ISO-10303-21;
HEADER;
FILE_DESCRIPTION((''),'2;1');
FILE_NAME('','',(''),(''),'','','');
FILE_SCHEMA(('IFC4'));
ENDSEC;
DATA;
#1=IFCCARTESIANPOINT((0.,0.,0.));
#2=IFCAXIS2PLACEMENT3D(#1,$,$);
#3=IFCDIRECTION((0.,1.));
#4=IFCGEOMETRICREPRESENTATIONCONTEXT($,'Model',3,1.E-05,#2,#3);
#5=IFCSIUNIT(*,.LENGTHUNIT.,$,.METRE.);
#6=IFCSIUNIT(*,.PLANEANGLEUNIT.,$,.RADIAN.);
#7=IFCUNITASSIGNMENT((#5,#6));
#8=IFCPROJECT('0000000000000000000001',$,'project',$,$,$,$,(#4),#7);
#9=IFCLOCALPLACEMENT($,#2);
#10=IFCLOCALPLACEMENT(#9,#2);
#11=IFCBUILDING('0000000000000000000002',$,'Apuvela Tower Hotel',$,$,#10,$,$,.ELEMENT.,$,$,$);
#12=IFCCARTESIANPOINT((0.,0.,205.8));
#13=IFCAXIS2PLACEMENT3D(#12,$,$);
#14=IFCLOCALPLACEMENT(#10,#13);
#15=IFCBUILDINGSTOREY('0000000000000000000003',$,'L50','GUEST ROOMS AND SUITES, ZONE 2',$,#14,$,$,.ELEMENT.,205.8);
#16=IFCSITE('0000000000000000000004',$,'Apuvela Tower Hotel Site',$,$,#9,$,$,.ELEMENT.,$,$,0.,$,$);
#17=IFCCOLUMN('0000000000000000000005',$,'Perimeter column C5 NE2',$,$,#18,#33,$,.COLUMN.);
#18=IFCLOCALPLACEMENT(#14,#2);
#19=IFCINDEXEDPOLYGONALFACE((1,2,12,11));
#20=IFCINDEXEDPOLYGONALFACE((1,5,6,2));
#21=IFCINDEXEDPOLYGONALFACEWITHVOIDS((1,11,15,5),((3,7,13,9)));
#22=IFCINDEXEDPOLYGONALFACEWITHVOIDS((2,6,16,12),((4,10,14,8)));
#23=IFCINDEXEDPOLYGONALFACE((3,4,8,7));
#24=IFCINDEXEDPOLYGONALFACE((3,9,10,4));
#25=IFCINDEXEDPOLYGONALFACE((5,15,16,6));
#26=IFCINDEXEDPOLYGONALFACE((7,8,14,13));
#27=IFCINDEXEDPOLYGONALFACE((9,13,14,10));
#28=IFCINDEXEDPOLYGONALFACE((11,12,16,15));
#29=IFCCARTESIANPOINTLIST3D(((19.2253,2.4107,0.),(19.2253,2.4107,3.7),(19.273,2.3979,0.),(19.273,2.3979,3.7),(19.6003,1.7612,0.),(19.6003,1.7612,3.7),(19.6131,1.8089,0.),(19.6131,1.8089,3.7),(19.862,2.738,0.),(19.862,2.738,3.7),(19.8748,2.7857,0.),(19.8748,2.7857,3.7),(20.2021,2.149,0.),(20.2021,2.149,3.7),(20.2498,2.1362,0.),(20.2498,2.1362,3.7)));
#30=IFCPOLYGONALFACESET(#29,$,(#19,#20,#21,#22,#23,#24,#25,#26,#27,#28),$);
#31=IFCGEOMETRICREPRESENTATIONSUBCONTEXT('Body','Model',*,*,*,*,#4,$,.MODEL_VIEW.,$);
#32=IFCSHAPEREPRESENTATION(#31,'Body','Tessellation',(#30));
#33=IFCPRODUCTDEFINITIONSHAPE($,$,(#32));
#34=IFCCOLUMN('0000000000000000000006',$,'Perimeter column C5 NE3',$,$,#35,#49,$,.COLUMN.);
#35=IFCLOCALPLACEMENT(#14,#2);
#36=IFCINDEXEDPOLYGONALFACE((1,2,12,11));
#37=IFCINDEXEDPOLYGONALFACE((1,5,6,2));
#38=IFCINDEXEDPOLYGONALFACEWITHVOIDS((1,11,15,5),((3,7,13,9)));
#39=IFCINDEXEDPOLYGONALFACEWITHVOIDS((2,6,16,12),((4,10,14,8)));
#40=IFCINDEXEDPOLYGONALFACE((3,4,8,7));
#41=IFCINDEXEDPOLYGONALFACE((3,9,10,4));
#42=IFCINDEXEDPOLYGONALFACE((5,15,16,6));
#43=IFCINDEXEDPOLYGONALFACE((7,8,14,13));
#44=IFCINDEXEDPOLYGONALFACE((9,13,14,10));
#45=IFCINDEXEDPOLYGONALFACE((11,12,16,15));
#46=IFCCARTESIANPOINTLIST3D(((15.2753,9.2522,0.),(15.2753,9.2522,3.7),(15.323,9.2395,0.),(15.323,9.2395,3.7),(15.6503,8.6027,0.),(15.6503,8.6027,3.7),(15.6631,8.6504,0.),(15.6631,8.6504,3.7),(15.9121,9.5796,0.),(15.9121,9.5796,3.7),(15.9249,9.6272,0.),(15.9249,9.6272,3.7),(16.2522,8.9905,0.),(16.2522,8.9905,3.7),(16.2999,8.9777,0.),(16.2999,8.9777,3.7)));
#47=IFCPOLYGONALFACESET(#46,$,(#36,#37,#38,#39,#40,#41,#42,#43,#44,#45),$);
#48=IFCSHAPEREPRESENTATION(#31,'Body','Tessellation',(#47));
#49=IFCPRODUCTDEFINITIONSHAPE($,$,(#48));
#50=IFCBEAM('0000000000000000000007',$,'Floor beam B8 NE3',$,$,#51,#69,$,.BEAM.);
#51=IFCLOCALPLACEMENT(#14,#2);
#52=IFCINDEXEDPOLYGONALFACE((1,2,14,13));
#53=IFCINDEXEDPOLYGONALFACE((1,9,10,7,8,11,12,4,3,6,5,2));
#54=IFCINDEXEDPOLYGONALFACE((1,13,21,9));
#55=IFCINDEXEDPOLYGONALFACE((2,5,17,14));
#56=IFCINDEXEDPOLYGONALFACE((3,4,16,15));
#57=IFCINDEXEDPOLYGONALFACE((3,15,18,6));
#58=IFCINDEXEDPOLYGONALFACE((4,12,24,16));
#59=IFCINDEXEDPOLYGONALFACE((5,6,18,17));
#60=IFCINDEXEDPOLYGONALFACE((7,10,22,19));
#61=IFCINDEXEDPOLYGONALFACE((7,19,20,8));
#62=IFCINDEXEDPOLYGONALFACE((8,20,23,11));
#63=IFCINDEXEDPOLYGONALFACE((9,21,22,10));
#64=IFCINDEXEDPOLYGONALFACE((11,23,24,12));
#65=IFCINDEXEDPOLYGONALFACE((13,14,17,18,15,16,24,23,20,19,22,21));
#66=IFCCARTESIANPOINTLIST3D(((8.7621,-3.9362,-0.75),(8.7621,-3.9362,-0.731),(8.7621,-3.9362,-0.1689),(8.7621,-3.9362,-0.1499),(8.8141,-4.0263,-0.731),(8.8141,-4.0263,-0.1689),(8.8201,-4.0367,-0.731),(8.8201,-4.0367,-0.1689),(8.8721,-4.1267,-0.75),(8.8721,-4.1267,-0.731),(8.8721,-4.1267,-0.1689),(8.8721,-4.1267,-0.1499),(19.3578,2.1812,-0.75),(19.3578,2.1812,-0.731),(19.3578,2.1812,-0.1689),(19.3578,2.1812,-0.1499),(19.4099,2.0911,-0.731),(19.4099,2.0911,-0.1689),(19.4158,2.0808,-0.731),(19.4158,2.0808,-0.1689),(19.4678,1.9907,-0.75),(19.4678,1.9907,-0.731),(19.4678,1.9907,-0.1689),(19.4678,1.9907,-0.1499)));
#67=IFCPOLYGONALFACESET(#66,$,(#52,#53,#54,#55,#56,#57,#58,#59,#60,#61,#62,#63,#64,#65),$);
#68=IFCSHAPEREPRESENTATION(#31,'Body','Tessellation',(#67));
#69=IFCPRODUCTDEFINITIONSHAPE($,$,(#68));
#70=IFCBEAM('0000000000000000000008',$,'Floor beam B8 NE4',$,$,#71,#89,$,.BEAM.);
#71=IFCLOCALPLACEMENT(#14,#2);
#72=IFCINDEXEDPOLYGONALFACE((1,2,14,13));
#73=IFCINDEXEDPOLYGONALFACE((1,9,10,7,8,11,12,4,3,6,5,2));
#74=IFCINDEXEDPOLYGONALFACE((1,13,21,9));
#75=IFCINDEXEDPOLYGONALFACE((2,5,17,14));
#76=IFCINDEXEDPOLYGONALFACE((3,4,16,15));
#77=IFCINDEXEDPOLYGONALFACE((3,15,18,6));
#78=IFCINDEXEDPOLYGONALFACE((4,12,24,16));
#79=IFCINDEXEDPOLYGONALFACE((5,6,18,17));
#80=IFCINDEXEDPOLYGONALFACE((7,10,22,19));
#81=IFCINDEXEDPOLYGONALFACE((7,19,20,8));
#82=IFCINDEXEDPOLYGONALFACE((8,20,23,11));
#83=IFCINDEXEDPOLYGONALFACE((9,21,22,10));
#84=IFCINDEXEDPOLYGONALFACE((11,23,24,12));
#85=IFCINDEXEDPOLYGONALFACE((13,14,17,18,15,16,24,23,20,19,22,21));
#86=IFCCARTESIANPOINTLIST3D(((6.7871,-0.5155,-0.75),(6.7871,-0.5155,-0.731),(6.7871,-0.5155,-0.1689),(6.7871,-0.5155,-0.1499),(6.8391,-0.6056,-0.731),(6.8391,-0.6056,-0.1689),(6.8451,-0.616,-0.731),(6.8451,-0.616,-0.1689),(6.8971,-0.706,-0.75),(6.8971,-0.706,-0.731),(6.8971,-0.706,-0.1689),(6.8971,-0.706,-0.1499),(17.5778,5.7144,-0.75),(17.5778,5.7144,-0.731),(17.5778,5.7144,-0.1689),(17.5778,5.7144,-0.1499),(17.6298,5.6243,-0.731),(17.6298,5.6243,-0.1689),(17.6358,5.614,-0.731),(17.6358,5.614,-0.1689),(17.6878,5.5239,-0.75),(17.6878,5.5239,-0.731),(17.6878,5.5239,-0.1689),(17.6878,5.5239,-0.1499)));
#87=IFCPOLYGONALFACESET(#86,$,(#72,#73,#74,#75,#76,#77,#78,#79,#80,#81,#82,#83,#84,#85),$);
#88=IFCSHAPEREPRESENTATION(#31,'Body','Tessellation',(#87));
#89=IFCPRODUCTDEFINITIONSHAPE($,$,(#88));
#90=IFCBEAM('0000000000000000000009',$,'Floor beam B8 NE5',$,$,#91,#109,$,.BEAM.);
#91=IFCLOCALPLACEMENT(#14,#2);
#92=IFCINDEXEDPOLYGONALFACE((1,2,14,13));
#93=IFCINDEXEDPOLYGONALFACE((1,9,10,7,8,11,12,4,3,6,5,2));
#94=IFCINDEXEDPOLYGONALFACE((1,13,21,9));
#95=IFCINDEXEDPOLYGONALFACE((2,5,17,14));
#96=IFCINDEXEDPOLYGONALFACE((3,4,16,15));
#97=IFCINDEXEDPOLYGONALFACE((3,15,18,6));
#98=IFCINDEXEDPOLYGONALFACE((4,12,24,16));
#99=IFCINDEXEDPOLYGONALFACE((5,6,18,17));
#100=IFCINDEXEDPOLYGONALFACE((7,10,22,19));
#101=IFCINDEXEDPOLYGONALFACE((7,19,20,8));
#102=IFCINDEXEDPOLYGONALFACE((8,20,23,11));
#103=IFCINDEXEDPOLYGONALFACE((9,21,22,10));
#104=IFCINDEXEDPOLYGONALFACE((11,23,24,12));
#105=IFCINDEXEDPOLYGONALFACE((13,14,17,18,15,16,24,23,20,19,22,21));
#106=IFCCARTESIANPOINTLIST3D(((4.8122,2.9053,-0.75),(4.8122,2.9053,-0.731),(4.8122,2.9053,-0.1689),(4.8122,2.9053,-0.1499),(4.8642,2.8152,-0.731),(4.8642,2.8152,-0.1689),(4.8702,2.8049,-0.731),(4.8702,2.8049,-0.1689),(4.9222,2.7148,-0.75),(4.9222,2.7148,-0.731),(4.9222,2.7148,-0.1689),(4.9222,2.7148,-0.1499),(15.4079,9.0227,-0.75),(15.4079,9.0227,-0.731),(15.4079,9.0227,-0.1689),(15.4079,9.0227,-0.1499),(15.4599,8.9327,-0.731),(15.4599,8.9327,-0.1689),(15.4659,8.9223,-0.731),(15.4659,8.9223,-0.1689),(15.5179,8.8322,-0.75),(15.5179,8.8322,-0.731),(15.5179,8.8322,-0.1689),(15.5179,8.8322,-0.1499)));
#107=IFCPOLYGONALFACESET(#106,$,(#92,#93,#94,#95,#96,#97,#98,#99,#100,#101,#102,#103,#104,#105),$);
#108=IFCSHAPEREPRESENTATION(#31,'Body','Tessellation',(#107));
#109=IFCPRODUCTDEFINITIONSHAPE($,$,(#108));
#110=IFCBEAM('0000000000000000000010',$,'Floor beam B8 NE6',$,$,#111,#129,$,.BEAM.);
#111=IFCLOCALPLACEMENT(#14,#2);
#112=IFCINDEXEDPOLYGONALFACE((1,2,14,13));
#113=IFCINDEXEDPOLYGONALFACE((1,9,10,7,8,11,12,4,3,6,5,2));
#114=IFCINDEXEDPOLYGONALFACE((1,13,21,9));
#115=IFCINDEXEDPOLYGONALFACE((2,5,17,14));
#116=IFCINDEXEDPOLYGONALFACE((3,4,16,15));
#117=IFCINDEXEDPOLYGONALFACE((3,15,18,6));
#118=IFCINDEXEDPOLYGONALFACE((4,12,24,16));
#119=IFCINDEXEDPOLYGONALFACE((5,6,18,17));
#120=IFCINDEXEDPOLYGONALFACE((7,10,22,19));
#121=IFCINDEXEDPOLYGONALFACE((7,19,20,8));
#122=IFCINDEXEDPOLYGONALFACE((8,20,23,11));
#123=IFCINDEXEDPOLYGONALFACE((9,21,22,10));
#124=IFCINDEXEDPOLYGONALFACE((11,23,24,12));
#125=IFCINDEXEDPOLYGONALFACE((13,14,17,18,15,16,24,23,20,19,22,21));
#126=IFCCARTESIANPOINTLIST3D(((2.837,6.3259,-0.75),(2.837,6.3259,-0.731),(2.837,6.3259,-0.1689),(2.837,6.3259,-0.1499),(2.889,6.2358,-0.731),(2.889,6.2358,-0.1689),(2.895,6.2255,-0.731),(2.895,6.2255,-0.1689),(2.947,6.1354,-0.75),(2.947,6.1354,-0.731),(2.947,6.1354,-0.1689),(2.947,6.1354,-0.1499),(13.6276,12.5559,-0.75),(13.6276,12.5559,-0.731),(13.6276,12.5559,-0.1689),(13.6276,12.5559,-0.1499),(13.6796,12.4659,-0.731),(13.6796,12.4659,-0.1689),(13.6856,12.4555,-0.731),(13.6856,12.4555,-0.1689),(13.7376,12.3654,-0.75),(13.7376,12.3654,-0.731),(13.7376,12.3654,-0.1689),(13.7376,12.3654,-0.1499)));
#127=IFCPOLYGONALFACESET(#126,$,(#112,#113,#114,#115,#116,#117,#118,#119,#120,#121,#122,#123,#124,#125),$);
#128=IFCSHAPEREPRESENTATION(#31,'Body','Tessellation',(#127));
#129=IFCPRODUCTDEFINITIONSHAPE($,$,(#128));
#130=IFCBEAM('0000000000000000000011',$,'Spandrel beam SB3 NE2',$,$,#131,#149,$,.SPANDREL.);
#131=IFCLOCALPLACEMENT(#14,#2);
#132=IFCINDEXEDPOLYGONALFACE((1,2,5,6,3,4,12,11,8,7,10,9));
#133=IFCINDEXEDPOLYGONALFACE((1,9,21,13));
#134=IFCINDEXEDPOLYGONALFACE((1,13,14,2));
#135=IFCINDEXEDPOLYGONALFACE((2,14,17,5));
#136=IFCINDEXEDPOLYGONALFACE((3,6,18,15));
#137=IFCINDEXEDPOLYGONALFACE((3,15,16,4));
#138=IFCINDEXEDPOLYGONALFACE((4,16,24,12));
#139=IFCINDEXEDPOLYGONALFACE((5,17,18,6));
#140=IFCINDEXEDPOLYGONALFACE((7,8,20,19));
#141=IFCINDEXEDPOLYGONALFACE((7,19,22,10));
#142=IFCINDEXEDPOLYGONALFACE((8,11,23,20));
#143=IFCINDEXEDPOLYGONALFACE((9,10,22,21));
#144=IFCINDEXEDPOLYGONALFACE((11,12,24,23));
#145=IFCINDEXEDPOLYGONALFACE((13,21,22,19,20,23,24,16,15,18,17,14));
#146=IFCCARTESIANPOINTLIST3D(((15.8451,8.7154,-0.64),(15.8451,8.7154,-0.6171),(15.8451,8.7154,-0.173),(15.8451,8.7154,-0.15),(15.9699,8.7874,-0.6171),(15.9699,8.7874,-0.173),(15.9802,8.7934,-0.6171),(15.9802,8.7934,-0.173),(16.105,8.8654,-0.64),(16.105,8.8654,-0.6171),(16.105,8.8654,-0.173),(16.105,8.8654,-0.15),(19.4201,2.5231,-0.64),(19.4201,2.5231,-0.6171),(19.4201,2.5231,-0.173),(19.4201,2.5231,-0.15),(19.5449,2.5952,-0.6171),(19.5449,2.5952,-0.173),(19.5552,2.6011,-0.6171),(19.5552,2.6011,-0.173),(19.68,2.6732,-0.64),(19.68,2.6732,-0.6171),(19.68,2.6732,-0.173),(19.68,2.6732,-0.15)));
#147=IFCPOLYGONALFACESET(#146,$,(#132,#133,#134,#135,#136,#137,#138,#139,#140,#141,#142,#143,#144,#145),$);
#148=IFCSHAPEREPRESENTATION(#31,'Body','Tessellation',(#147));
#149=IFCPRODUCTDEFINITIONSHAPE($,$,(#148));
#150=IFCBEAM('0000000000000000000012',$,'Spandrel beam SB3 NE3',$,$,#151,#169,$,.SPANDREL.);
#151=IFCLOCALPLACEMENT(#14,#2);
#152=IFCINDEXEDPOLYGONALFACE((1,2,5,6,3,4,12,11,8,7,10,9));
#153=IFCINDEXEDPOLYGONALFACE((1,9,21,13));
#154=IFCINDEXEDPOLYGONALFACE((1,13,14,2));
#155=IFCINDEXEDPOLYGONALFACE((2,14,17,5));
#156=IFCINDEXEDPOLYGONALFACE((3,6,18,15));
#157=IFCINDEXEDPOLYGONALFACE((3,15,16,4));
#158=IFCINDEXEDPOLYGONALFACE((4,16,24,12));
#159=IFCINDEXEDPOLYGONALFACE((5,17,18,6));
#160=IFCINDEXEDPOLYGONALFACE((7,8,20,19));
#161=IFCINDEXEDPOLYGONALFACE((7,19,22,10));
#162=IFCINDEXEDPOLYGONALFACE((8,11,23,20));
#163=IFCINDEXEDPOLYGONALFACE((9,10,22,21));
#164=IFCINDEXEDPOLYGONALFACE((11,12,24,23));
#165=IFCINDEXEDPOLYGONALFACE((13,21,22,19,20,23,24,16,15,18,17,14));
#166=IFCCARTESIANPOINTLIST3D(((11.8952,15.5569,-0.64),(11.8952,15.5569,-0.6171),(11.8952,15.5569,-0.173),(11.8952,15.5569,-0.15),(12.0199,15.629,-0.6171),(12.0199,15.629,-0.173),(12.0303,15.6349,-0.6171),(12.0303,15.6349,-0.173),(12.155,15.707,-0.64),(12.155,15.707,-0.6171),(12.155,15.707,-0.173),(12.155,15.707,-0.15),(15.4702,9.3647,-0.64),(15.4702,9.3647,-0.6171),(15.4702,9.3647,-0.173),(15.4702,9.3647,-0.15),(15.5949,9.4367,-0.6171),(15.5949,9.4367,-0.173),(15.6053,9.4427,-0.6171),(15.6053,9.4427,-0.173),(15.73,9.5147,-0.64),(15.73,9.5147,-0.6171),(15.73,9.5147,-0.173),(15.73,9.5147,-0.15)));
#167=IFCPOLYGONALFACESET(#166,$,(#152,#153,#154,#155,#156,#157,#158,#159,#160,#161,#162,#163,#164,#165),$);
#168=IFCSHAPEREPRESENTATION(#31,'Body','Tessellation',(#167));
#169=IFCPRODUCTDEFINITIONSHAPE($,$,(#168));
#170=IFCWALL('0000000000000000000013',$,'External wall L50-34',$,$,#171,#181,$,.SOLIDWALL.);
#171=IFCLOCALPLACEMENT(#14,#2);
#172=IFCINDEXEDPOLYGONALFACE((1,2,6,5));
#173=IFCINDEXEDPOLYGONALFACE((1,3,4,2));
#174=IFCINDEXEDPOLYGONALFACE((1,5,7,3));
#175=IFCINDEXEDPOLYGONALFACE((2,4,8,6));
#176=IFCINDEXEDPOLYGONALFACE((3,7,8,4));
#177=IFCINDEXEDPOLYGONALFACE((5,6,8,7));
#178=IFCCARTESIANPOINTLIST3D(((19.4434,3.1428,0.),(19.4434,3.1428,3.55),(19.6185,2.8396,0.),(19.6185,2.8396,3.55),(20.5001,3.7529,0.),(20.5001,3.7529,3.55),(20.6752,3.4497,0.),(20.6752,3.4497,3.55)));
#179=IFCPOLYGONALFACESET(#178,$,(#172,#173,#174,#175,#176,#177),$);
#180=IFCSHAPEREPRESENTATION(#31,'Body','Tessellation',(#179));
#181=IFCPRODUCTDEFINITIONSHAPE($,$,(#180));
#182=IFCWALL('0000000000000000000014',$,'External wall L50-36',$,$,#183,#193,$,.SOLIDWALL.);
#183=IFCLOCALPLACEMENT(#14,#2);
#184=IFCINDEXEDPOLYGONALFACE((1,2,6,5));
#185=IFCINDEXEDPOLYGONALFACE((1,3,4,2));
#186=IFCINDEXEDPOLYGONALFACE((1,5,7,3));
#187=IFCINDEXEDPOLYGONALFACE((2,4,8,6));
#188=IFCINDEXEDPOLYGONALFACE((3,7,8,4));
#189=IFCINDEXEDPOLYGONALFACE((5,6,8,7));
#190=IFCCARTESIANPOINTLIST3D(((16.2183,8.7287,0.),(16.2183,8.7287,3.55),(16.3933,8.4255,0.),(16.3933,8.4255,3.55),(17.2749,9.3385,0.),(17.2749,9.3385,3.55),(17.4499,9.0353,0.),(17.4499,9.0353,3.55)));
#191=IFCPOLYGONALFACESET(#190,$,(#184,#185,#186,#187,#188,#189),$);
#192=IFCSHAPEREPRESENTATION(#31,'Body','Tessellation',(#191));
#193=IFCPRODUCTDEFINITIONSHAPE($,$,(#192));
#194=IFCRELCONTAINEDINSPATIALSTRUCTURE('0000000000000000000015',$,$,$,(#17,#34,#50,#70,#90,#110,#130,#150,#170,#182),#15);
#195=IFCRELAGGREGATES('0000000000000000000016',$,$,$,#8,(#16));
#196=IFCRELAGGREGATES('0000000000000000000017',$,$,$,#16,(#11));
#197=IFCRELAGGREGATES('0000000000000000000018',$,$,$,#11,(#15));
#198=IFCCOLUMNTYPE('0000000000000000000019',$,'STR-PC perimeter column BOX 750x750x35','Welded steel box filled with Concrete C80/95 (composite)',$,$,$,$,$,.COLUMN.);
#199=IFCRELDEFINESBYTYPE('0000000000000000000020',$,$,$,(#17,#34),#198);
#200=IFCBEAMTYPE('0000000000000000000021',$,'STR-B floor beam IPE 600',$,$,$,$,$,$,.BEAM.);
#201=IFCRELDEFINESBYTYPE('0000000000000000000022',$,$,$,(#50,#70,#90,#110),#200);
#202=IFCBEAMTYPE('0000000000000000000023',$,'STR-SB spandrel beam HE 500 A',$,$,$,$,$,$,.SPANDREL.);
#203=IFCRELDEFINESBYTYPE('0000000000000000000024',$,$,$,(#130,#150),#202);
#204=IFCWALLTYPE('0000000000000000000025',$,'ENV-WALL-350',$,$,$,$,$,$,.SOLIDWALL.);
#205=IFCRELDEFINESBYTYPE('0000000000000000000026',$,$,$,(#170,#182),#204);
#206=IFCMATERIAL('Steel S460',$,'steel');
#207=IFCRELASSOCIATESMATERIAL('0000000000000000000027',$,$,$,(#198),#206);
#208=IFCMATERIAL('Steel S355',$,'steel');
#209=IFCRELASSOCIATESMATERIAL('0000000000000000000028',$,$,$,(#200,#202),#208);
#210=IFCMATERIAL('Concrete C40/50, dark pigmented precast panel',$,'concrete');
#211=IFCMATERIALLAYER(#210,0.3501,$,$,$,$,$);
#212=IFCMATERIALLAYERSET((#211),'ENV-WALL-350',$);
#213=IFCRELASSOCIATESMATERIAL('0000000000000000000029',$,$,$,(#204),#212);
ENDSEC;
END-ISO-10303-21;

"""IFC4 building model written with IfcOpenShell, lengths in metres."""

from ifc_helpers import new_model, si_unit, direction, frame, frame_2d, origin, origin_2d, place, context, subcontext, project, spatial, rectangle, hollow_rectangle, i_section, extrude, material, layer, layer_set, material_profile, profile_set, type_object, element, save


model = new_model("IFC4")

# Units and contexts
model_context = context("Model", 3, precision=1e-05, world=origin(), true_north=direction((0.0, 1.0)))
body_context = subcontext(model_context, "Body", "Model", "MODEL_VIEW")
ifc_project = project(units=[si_unit("LENGTHUNIT", "METRE"), si_unit("PLANEANGLEUNIT", "RADIAN")], contexts=[model_context])

# Site, building, storey
site_placement = place(None, origin())
site = spatial("IfcSite", under=ifc_project, at=site_placement, Name="Apuvela Tower Hotel Site", CompositionType="ELEMENT", RefElevation=0.0)
building_placement = place(site_placement, origin())
building = spatial("IfcBuilding", under=site, at=building_placement, Name="Apuvela Tower Hotel", CompositionType="ELEMENT")
storey_placement = place(building_placement, frame((0.0, 0.0, 205.8)))
storey = spatial("IfcBuildingStorey", under=building, at=storey_placement, Name="L50", Description="GUEST ROOMS AND SUITES, ZONE 2", CompositionType="ELEMENT", Elevation=205.8)

# Columns
ifc_material_1 = material(Name="Steel S460", Category="steel")
ifc_material_profile_1 = material_profile(ifc_material_1, hollow_rectangle(XDim=0.75, YDim=0.75, WallThickness=0.0349, at=origin_2d()), Name="BOX 750x750x35")
ifc_material_2 = material(Name="Concrete C80/95", Category="concrete")
ifc_material_profile_2 = material_profile(ifc_material_2, rectangle(XDim=0.6799, YDim=0.6799, at=origin_2d()), Name="Concrete C80/95 infill")
ifc_profile_set_1 = profile_set([ifc_material_profile_1, ifc_material_profile_2], Name="Steel S460")
column_type = type_object("IfcColumnType", Name="STR-PC perimeter column BOX 750x750x35", Description="Welded steel box filled with Concrete C80/95 (composite)", PredefinedType="COLUMN", material=ifc_profile_set_1)
for number, where, z_axis, x_axis, name in (
    (1, (19.7375, 2.2734, 0.0), (0.0, 0.0, 1.0), (-0.5, 0.866025, 0.0), "Perimeter column C5 NE2"),
    (2, (15.7876, 9.115, 0.0), (0.0, 0.0, 1.0), (-0.5, 0.866025, 0.0), "Perimeter column C5 NE3"),
):
    element("IfcColumn", number, at=place(storey_placement, frame(where, z_axis=z_axis, x_axis=x_axis)), inside=storey, type_object=column_type, Name=name, PredefinedType="COLUMN", context=body_context, shape_type="SweptSolid", body=[
        extrude(hollow_rectangle(XDim=0.75, YDim=0.75, WallThickness=0.0349, at=origin_2d()), origin(), (0.0, 0.0, 1.0), 3.7),
    ])

# Beams
ifc_material_3 = material(Name="Steel S355", Category="steel")
ifc_material_profile_3 = material_profile(ifc_material_3, i_section(OverallWidth=0.22, OverallDepth=0.6001, WebThickness=0.012, FlangeThickness=0.019, at=origin_2d()), Name="IPE 600")
ifc_profile_set_2 = profile_set([ifc_material_profile_3], Name="Steel S355")
beam_type_1 = type_object("IfcBeamType", Name="STR-B floor beam IPE 600", PredefinedType="BEAM", material=ifc_profile_set_2)
beam_1_placement = place(storey_placement, frame((19.4128, 2.0859, -0.45), z_axis=(-0.866025, -0.5, 0.0), x_axis=(0.5, -0.866025, 0.0)))
element("IfcBeam", 3, at=beam_1_placement, inside=storey, type_object=beam_type_1, Name="Floor beam B8 NE3", PredefinedType="BEAM", context=body_context, shape_type="SweptSolid", body=[
    extrude(i_section(OverallWidth=0.22, OverallDepth=0.6001, WebThickness=0.012, FlangeThickness=0.019, at=origin_2d()), origin(), (0.0, 0.0, 1.0), 12.2349),
])
beam_2_placement = place(storey_placement, frame((17.6328, 5.6191, -0.45), z_axis=(-0.866028, -0.499996, 0.0), x_axis=(0.499996, -0.866028, 0.0)))
element("IfcBeam", 4, at=beam_2_placement, inside=storey, type_object=beam_type_1, Name="Floor beam B8 NE4", PredefinedType="BEAM", context=body_context, shape_type="SweptSolid", body=[
    extrude(i_section(OverallWidth=0.22, OverallDepth=0.6001, WebThickness=0.012, FlangeThickness=0.019, at=origin_2d()), origin(), (0.0, 0.0, 1.0), 12.46),
])
beam_3_placement = place(storey_placement, frame((15.4629, 8.9275, -0.45), z_axis=(-0.866025, -0.5, 0.0), x_axis=(0.5, -0.866025, 0.0)))
element("IfcBeam", 5, at=beam_3_placement, inside=storey, type_object=beam_type_1, Name="Floor beam B8 NE5", PredefinedType="BEAM", context=body_context, shape_type="SweptSolid", body=[
    extrude(i_section(OverallWidth=0.22, OverallDepth=0.6001, WebThickness=0.012, FlangeThickness=0.019, at=origin_2d()), origin(), (0.0, 0.0, 1.0), 12.2349),
])
beam_4_placement = place(storey_placement, frame((13.6826, 12.4607, -0.45), z_axis=(-0.866023, -0.500004, 0.0), x_axis=(0.500004, -0.866023, 0.0)))
element("IfcBeam", 6, at=beam_4_placement, inside=storey, type_object=beam_type_1, Name="Floor beam B8 NE6", PredefinedType="BEAM", context=body_context, shape_type="SweptSolid", body=[
    extrude(i_section(OverallWidth=0.22, OverallDepth=0.6001, WebThickness=0.012, FlangeThickness=0.019, at=origin_2d()), origin(), (0.0, 0.0, 1.0), 12.46),
])
ifc_material_profile_4 = material_profile(ifc_material_3, i_section(OverallWidth=0.3, OverallDepth=0.49, WebThickness=0.012, FlangeThickness=0.0229, at=origin_2d()), Name="HE 500 A")
ifc_profile_set_3 = profile_set([ifc_material_profile_4], Name="Steel S355")
beam_type_2 = type_object("IfcBeamType", Name="STR-SB spandrel beam HE 500 A", PredefinedType="SPANDREL", material=ifc_profile_set_3)
for number, where, z_axis, x_axis, name in (
    (7, (19.55, 2.5981, -0.395), (-0.499991, 0.86603, 0.0), (-0.86603, -0.499991, 0.0), "Spandrel beam SB3 NE2"),
    (8, (15.6001, 9.4397, -0.395), (-0.499991, 0.86603, 0.0), (-0.86603, -0.499991, 0.0), "Spandrel beam SB3 NE3"),
):
    element("IfcBeam", number, at=place(storey_placement, frame(where, z_axis=z_axis, x_axis=x_axis)), inside=storey, type_object=beam_type_2, Name=name, PredefinedType="SPANDREL", context=body_context, shape_type="SweptSolid", body=[
        extrude(i_section(OverallWidth=0.3, OverallDepth=0.49, WebThickness=0.012, FlangeThickness=0.0229, at=origin_2d()), origin(), (0.0, 0.0, 1.0), 7.1501),
    ])

# Wall
ifc_material_4 = material(Name="Concrete C40/50, dark pigmented precast panel", Category="concrete")
ifc_layer_1 = layer(ifc_material_4, 0.3501)
ifc_layer_set_1 = layer_set([ifc_layer_1], Name="ENV-WALL-350")
wall_type_1 = type_object("IfcWallType", Name="ENV-WALL-350", PredefinedType="SOLIDWALL", material=ifc_layer_set_1)
wall_1_placement = place(storey_placement, frame((20.5876, 3.6013, 0.0), z_axis=(0.0, 0.0, 1.0), x_axis=(-0.866006, -0.500034, 0.0)))
element("IfcWall", 9, at=wall_1_placement, inside=storey, type_object=wall_type_1, Name="External wall L50-34", PredefinedType="SOLIDWALL", context=body_context, shape_type="SweptSolid", body=[
    extrude(rectangle(XDim=1.2202, YDim=0.3501, at=frame_2d((0.6101, 0.0))), origin(), (0.0, 0.0, 1.0), 3.55),
])

# Wall
wall_2_placement = place(storey_placement, frame((16.3059, 8.5771, 0.0), z_axis=(0.0, 0.0, 1.0), x_axis=(0.866092, 0.499884, 0.0)))
element("IfcWall", 10, at=wall_2_placement, inside=storey, type_object=wall_type_1, Name="External wall L50-36", PredefinedType="SOLIDWALL", context=body_context, shape_type="SweptSolid", body=[
    extrude(rectangle(XDim=1.22, YDim=0.3501, at=frame_2d((0.6099, 0.0))), origin(), (0.0, 0.0, 1.0), 3.55),
])

save(model, "model.ifc")
